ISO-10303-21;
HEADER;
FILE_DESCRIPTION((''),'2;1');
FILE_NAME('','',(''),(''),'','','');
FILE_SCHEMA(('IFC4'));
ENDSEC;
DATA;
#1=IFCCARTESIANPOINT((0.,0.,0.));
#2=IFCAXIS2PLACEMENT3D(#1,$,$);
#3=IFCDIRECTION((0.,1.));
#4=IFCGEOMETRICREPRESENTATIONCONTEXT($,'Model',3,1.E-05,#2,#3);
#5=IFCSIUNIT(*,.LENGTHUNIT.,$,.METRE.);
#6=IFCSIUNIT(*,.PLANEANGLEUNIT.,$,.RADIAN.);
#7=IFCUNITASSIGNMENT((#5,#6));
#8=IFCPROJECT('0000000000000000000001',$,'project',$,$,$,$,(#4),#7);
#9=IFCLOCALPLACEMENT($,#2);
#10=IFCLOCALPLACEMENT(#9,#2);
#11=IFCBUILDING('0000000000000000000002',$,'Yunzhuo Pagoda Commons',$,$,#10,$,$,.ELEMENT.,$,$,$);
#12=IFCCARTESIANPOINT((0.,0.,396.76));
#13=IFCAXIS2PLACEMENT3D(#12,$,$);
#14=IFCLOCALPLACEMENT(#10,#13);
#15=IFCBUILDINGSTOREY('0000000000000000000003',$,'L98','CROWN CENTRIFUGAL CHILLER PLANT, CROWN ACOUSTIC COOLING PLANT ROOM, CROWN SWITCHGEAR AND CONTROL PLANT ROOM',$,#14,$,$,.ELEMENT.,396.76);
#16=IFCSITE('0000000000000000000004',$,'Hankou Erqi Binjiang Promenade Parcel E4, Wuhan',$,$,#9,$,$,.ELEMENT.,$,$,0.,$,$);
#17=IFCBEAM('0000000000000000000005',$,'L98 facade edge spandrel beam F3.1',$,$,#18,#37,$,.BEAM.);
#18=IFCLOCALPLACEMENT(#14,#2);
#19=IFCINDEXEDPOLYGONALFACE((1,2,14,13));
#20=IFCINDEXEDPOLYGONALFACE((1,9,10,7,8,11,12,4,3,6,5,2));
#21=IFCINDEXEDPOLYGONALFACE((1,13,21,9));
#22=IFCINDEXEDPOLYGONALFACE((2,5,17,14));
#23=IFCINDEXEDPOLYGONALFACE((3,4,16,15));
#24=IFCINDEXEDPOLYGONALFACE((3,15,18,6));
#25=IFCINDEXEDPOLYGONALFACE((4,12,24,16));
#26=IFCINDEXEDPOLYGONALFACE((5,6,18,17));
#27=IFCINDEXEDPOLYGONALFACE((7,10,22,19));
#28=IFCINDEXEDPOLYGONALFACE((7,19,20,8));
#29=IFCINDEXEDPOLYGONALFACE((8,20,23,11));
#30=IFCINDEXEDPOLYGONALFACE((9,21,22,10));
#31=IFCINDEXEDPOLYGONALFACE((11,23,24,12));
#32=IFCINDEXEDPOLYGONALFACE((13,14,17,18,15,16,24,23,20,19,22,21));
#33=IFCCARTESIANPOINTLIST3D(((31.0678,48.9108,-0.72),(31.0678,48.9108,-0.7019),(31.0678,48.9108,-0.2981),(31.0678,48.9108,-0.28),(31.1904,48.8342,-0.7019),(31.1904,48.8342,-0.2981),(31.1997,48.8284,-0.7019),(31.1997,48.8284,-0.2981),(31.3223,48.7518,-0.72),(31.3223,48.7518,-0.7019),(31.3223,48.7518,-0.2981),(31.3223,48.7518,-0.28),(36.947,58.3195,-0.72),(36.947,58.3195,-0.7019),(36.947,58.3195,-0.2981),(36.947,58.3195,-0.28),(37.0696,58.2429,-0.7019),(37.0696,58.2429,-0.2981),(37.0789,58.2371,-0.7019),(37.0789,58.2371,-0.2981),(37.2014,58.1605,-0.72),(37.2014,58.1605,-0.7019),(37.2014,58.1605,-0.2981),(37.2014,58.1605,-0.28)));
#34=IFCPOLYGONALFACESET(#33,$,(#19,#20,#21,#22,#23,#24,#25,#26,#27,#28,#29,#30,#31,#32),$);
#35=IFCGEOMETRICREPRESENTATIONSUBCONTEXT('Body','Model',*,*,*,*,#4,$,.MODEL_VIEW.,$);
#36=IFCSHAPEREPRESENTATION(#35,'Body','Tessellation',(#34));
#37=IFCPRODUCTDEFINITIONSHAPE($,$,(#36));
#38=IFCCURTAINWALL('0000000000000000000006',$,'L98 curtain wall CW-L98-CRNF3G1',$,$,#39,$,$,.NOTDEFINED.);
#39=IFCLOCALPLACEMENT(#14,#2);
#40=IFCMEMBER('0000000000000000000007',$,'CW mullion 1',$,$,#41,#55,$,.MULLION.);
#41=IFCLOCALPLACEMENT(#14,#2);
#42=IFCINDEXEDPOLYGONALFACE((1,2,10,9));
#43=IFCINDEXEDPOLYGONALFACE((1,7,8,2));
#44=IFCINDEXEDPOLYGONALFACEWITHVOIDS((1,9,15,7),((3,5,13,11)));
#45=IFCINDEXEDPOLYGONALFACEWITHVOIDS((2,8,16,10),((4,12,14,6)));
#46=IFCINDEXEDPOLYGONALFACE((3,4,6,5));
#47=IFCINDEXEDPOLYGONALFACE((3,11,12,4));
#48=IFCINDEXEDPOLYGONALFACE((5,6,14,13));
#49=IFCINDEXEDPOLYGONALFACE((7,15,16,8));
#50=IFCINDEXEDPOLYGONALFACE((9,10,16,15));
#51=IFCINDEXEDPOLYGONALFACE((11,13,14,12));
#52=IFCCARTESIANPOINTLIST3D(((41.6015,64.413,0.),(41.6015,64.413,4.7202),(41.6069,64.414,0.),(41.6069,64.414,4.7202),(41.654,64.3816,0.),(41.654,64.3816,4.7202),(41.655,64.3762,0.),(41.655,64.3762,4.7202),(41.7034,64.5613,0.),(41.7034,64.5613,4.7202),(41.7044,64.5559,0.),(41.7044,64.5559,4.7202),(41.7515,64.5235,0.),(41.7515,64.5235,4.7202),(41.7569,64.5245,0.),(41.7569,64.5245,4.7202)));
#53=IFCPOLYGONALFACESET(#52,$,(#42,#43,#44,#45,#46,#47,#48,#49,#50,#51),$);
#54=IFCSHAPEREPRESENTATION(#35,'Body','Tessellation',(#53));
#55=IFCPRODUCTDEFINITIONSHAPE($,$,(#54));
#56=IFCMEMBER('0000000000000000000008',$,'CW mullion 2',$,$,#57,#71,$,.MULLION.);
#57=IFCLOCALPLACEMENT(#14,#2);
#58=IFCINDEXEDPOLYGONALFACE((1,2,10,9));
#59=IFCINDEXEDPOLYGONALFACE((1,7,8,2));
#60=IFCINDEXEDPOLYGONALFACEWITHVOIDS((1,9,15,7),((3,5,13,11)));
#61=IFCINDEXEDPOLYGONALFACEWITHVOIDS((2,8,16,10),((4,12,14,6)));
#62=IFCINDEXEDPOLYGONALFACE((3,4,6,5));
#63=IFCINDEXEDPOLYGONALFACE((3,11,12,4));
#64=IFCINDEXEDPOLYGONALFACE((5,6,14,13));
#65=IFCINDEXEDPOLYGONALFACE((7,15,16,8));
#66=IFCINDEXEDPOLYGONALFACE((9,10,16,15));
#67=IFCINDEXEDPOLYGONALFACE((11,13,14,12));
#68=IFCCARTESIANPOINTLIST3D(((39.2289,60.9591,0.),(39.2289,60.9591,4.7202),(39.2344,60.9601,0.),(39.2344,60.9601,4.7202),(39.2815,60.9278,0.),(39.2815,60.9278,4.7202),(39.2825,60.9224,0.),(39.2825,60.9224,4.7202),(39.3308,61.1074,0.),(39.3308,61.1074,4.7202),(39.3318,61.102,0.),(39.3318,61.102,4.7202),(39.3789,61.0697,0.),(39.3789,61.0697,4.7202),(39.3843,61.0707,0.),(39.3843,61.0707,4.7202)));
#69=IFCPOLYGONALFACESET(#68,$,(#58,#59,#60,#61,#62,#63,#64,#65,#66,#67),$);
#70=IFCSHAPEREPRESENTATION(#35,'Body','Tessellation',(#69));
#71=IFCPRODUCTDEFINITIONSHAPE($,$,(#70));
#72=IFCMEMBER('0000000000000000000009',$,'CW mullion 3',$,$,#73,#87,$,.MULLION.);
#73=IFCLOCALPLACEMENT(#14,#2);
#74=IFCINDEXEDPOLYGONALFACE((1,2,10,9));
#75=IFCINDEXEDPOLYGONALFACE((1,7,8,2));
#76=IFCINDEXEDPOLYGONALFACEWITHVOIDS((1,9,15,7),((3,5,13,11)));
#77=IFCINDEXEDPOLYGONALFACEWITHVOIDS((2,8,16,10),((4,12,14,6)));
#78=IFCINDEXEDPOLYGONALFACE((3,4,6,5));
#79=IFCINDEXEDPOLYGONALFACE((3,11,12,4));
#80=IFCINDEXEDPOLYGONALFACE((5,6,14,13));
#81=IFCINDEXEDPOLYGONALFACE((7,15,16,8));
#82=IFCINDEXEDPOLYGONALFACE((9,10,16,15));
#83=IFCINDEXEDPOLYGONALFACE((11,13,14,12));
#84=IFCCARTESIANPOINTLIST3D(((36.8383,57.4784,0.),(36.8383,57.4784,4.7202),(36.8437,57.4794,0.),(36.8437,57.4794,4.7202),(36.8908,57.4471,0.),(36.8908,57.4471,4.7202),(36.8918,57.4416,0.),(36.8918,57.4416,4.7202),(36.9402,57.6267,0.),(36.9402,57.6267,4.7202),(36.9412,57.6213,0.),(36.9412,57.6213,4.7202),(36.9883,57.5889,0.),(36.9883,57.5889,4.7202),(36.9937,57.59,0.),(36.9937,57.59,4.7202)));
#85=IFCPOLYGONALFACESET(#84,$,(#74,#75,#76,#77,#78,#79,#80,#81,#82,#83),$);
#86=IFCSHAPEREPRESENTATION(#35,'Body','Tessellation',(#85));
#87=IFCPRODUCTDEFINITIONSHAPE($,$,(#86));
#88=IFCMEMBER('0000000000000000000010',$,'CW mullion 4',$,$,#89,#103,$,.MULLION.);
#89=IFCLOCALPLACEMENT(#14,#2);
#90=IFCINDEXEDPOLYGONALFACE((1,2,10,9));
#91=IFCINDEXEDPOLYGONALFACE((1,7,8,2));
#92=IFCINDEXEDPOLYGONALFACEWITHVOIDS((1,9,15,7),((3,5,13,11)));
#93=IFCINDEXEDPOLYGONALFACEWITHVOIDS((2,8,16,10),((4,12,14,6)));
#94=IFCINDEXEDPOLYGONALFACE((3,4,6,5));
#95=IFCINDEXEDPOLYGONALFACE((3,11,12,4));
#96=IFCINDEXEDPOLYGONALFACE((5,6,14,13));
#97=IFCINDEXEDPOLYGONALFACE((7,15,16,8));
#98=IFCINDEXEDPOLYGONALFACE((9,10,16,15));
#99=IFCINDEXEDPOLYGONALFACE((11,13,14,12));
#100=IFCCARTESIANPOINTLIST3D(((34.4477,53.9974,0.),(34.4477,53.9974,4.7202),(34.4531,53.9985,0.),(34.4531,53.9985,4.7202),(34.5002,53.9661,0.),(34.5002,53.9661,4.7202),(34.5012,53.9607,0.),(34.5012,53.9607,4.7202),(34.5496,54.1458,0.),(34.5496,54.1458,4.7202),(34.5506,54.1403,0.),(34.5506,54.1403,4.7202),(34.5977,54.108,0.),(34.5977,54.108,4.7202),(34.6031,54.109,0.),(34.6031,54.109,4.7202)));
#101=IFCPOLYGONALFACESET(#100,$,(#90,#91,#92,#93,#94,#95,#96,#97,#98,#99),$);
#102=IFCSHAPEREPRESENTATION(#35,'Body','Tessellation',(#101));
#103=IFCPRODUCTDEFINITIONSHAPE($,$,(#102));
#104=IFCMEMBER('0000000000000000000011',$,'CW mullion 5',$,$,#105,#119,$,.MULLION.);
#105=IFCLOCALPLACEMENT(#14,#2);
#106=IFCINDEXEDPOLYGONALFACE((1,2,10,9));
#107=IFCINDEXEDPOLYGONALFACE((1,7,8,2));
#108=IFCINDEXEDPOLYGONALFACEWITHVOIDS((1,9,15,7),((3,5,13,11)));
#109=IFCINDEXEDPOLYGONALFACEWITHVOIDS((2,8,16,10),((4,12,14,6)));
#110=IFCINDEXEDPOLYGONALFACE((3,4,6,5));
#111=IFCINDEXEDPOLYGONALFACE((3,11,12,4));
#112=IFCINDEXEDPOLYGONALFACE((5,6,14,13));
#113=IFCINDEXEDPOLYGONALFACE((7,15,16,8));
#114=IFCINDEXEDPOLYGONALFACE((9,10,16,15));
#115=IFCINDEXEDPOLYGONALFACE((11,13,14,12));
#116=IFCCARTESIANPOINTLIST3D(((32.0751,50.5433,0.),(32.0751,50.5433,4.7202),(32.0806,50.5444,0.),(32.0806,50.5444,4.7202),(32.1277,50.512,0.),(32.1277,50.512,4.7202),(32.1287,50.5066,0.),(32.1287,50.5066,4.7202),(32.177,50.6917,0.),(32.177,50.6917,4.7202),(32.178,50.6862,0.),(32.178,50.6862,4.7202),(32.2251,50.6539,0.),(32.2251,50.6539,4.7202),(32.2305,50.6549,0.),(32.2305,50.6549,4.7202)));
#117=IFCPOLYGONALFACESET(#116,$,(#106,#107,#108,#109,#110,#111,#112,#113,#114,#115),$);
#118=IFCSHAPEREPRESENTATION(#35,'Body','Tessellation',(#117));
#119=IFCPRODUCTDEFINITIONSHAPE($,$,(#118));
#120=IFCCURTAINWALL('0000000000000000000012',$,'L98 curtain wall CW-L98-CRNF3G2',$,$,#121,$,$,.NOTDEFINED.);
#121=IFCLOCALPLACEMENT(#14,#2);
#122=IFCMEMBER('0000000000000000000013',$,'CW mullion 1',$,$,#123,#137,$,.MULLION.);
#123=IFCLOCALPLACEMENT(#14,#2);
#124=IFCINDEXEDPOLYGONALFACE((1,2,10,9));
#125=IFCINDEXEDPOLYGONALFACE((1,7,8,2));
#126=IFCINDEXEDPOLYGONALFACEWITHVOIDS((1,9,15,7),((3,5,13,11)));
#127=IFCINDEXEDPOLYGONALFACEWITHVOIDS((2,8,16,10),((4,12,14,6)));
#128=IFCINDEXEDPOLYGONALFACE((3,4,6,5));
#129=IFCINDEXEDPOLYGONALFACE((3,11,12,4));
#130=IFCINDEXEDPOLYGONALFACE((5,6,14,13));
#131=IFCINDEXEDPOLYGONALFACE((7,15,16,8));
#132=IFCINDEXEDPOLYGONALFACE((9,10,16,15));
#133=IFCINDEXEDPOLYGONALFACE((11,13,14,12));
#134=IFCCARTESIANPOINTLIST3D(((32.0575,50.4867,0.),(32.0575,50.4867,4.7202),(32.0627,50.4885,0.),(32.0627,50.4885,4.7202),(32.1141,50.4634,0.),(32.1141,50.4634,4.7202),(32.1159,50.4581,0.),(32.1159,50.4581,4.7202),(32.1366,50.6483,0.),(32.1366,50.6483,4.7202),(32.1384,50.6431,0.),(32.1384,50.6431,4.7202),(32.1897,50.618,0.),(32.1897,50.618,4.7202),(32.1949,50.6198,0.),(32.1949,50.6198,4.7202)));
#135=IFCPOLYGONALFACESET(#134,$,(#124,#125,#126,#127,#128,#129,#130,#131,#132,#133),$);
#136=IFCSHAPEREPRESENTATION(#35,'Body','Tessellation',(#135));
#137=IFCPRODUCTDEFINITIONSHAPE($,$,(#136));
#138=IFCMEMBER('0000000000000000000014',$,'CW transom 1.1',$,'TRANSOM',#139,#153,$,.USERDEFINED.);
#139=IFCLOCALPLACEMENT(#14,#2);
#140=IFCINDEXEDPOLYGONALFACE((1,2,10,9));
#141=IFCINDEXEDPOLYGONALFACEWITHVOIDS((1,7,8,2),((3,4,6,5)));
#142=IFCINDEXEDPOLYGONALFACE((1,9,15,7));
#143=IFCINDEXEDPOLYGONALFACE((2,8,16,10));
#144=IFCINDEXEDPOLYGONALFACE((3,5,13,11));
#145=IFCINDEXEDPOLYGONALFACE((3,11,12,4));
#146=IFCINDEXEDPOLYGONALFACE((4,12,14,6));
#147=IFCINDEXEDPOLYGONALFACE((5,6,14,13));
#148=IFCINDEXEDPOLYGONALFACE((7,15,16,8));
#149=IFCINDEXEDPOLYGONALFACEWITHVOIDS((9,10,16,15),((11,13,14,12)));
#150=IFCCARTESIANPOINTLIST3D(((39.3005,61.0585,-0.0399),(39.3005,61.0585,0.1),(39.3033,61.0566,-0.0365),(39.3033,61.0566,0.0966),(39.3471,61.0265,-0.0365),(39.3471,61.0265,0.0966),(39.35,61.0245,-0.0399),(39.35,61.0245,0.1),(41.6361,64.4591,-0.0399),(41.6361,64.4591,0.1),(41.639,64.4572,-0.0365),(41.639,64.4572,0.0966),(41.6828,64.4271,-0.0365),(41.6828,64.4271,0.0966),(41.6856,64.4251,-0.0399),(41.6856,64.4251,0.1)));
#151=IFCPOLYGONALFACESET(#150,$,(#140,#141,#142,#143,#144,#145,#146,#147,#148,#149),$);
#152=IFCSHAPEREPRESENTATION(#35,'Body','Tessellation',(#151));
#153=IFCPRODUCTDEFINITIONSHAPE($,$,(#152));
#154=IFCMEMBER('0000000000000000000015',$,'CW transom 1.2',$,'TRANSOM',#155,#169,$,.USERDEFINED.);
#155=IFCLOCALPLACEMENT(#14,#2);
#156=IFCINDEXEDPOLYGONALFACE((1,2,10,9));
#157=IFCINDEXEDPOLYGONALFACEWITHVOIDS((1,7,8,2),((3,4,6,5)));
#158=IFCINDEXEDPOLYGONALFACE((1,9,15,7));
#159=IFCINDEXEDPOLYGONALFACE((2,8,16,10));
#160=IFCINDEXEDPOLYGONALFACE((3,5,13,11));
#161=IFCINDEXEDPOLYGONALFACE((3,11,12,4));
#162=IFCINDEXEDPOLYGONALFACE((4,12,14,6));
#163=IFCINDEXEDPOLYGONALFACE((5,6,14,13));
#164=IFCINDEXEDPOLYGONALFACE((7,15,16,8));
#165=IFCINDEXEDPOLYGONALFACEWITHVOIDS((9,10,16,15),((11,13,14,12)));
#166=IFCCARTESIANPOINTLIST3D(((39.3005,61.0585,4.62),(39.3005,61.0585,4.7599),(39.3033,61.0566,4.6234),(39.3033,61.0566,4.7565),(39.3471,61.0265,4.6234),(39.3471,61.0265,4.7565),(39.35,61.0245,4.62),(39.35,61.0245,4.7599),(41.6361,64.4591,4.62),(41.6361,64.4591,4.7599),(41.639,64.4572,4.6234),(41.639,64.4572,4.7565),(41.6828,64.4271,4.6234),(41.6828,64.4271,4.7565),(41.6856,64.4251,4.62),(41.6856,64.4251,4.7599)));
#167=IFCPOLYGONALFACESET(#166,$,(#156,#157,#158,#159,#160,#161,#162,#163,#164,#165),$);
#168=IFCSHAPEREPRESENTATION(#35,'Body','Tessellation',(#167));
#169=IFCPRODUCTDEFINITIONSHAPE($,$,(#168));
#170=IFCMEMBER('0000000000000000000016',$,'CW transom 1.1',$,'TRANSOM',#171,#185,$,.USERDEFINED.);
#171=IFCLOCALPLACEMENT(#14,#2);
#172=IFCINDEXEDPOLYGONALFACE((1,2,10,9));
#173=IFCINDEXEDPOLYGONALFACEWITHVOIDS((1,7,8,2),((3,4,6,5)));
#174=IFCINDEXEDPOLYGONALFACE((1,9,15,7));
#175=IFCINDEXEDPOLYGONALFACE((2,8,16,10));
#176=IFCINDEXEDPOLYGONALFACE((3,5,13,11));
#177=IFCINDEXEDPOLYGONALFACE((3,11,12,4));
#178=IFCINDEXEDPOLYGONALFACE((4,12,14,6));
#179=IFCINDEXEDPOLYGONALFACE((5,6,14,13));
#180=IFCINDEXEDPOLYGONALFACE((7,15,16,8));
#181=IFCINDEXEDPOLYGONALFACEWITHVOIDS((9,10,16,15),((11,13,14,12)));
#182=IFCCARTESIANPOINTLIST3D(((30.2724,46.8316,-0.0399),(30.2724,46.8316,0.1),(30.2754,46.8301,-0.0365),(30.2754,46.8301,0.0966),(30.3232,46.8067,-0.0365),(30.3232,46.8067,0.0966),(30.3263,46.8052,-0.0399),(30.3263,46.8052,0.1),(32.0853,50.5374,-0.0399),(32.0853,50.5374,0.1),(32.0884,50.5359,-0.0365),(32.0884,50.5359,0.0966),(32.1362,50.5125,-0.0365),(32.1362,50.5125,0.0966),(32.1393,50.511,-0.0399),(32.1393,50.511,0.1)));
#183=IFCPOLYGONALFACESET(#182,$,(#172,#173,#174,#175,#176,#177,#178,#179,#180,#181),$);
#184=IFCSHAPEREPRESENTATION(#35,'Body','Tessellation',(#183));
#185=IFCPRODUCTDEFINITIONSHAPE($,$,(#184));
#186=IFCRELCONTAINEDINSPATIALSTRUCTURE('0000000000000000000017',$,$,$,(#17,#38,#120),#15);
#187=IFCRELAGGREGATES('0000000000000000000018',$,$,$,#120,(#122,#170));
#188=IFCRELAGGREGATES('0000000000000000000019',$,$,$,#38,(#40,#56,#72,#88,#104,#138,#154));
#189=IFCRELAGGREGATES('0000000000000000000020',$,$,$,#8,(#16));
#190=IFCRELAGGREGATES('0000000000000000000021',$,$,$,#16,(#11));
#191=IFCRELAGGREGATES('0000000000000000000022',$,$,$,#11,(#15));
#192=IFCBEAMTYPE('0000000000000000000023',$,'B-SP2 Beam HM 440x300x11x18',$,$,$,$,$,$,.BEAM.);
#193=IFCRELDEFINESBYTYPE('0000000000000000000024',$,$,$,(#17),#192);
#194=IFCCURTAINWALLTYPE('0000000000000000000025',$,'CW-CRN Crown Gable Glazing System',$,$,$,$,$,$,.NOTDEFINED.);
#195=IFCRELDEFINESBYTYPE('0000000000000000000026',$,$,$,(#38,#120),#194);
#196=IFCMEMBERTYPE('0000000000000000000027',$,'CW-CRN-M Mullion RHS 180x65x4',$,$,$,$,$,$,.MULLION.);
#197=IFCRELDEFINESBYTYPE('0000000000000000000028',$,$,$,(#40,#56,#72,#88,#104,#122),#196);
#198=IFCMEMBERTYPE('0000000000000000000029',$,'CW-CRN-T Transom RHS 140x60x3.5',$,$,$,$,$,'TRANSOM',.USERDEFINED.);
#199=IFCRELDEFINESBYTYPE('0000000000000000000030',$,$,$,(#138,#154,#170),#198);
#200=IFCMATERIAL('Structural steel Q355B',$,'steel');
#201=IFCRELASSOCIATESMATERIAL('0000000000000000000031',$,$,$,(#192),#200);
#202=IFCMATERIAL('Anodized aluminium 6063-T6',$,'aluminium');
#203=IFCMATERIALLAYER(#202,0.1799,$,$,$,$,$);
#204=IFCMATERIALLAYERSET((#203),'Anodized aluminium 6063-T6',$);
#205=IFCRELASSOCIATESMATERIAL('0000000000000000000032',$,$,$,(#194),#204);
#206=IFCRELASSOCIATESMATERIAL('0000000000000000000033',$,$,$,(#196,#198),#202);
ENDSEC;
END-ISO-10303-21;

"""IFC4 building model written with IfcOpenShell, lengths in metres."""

from ifc_helpers import new_model, si_unit, direction, frame, origin, origin_2d, place, context, subcontext, project, spatial, hollow_rectangle, i_section, extrude, source, transform, mapped, material, layer, layer_set, material_profile, profile_set, type_object, element, aggregate, save


model = new_model("IFC4")

# Units and contexts
model_context = context("Model", 3, precision=1e-05, world=origin(), true_north=direction((0.0, 1.0)))
body_context = subcontext(model_context, "Body", "Model", "MODEL_VIEW")
ifc_project = project(units=[si_unit("LENGTHUNIT", "METRE"), si_unit("PLANEANGLEUNIT", "RADIAN")], contexts=[model_context])

# Site, building, storey
site_placement = place(None, origin())
site = spatial("IfcSite", under=ifc_project, at=site_placement, Name="Hankou Erqi Binjiang Promenade Parcel E4, Wuhan", CompositionType="ELEMENT", RefElevation=0.0)
building_placement = place(site_placement, origin())
building = spatial("IfcBuilding", under=site, at=building_placement, Name="Yunzhuo Pagoda Commons", CompositionType="ELEMENT")
storey_placement = place(building_placement, frame((0.0, 0.0, 396.76)))
storey = spatial("IfcBuildingStorey", under=building, at=storey_placement, Name="L98", Description="CROWN CENTRIFUGAL CHILLER PLANT, CROWN ACOUSTIC COOLING PLANT ROOM, CROWN SWITCHGEAR AND CONTROL PLANT ROOM", CompositionType="ELEMENT", Elevation=396.76)

# Shared definitions
ifc_material_1 = material(Name="Structural steel Q355B", Category="steel")

# Beam
ifc_material_profile_1 = material_profile(ifc_material_1, i_section(OverallWidth=0.3, OverallDepth=0.4399, WebThickness=0.011, FlangeThickness=0.0181, at=origin_2d()), Name="Structural steel Q355B")
ifc_profile_set_1 = profile_set([ifc_material_profile_1], Name="Structural steel Q355B")
beam_type_1 = type_object("IfcBeamType", Name="B-SP2 Beam HM 440x300x11x18", PredefinedType="BEAM", material=ifc_profile_set_1)
shared_shape_1 = source(origin(), body_context, "Body", "SweptSolid", [
    extrude(i_section(OverallWidth=0.3, OverallDepth=0.4399, WebThickness=0.011, FlangeThickness=0.0181, at=origin_2d()), origin(), (0.0, 0.0, 1.0), 11.0945),
])
beam_1_placement = place(storey_placement, frame((37.0742, 58.24, -0.5), z_axis=(-0.529916, -0.84805, 0.0), x_axis=(0.84805, -0.529916, 0.0)))
element("IfcBeam", 1, at=beam_1_placement, inside=storey, type_object=beam_type_1, Name="L98 facade edge spandrel beam F3.1", PredefinedType="BEAM", context=body_context, shape_type="MappedRepresentation", body=[
    mapped(shared_shape_1, transform((0.0, 0.0, 0.0), scale=1.0)),
])

# Curtain wall, members
ifc_material_2 = material(Name="Anodized aluminium 6063-T6", Category="aluminium")
ifc_layer_1 = layer(ifc_material_2, 0.1799)
ifc_layer_set_1 = layer_set([ifc_layer_1], Name="Anodized aluminium 6063-T6")
curtain_wall_type_1 = type_object("IfcCurtainWallType", Name="CW-CRN Crown Gable Glazing System", PredefinedType="NOTDEFINED", material=ifc_layer_set_1)
curtain_wall_1_placement = place(storey_placement, origin())
curtain_wall_1 = element("IfcCurtainWall", 2, at=curtain_wall_1_placement, inside=storey, type_object=curtain_wall_type_1, Name="L98 curtain wall CW-L98-CRNF3G1", PredefinedType="NOTDEFINED")
ifc_material_profile_2 = material_profile(ifc_material_2, hollow_rectangle(XDim=0.0649, YDim=0.1799, WallThickness=0.0039, at=origin_2d()), Name="Anodized aluminium 6063-T6")
ifc_profile_set_2 = profile_set([ifc_material_profile_2], Name="Anodized aluminium 6063-T6")
member_type_1 = type_object("IfcMemberType", Name="CW-CRN-M Mullion RHS 180x65x4", PredefinedType="MULLION", material=ifc_profile_set_2)
shared_shape_2 = source(origin(), body_context, "Body", "SweptSolid", [
    extrude(hollow_rectangle(XDim=0.0649, YDim=0.1799, WallThickness=0.0039, at=origin_2d()), origin(), (0.0, 0.0, 1.0), 4.7202),
])
member_1_placement = place(storey_placement, frame((41.6792, 64.4688, 0.0), z_axis=(0.0, 0.0, 1.0), x_axis=(0.824296, -0.566159, 0.0)))
member_1 = element("IfcMember", 3, at=member_1_placement, type_object=member_type_1, Name="CW mullion 1", PredefinedType="MULLION", context=body_context, shape_type="MappedRepresentation", body=[
    mapped(shared_shape_2, transform((0.0, 0.0, 0.0), scale=1.0)),
])
member_2_placement = place(storey_placement, frame((39.3066, 61.0149, 0.0), z_axis=(0.0, 0.0, 1.0), x_axis=(0.824296, -0.566159, 0.0)))
member_2 = element("IfcMember", 4, at=member_2_placement, type_object=member_type_1, Name="CW mullion 2", PredefinedType="MULLION", context=body_context, shape_type="MappedRepresentation", body=[
    mapped(shared_shape_2, transform((0.0, 0.0, 0.0), scale=1.0)),
])
member_3_placement = place(storey_placement, frame((36.916, 57.5342, 0.0), z_axis=(0.0, 0.0, 1.0), x_axis=(0.824296, -0.566159, 0.0)))
member_3 = element("IfcMember", 5, at=member_3_placement, type_object=member_type_1, Name="CW mullion 3", PredefinedType="MULLION", context=body_context, shape_type="MappedRepresentation", body=[
    mapped(shared_shape_2, transform((0.0, 0.0, 0.0), scale=1.0)),
])
member_4_placement = place(storey_placement, frame((34.5254, 54.0532, 0.0), z_axis=(0.0, 0.0, 1.0), x_axis=(0.824296, -0.566159, 0.0)))
member_4 = element("IfcMember", 6, at=member_4_placement, type_object=member_type_1, Name="CW mullion 4", PredefinedType="MULLION", context=body_context, shape_type="MappedRepresentation", body=[
    mapped(shared_shape_2, transform((0.0, 0.0, 0.0), scale=1.0)),
])
member_5_placement = place(storey_placement, frame((32.1528, 50.5991, 0.0), z_axis=(0.0, 0.0, 1.0), x_axis=(0.824296, -0.566159, 0.0)))
member_5 = element("IfcMember", 7, at=member_5_placement, type_object=member_type_1, Name="CW mullion 5", PredefinedType="MULLION", context=body_context, shape_type="MappedRepresentation", body=[
    mapped(shared_shape_2, transform((0.0, 0.0, 0.0), scale=1.0)),
])

# Curtain wall, member
curtain_wall_2_placement = place(storey_placement, origin())
curtain_wall_2 = element("IfcCurtainWall", 8, at=curtain_wall_2_placement, inside=storey, type_object=curtain_wall_type_1, Name="L98 curtain wall CW-L98-CRNF3G2", PredefinedType="NOTDEFINED")
member_6_placement = place(storey_placement, frame((32.1262, 50.5532, 0.0), z_axis=(0.0, 0.0, 1.0), x_axis=(0.898299, -0.439384, 0.0)))
member_6 = element("IfcMember", 9, at=member_6_placement, type_object=member_type_1, Name="CW mullion 1", PredefinedType="MULLION", context=body_context, shape_type="MappedRepresentation", body=[
    mapped(shared_shape_2, transform((0.0, 0.0, 0.0), scale=1.0)),
])

# Members
ifc_material_profile_3 = material_profile(ifc_material_2, hollow_rectangle(XDim=0.0601, YDim=0.1399, WallThickness=0.0034, at=origin_2d()), Name="Anodized aluminium 6063-T6")
ifc_profile_set_3 = profile_set([ifc_material_profile_3], Name="Anodized aluminium 6063-T6")
member_type_2 = type_object("IfcMemberType", Name="CW-CRN-T Transom RHS 140x60x3.5", ElementType="TRANSOM", PredefinedType="USERDEFINED", material=ifc_profile_set_3)
shared_shape_3 = source(origin(), body_context, "Body", "SweptSolid", [
    extrude(hollow_rectangle(XDim=0.0601, YDim=0.1399, WallThickness=0.0034, at=origin_2d()), origin(), (0.0, 0.0, 1.0), 4.1255),
])
member_7_placement = place(storey_placement, frame((41.6609, 64.4421, 0.03), z_axis=(-0.56616, -0.824296, 0.0), x_axis=(0.824296, -0.56616, 0.0)))
member_7 = element("IfcMember", 10, at=member_7_placement, type_object=member_type_2, Name="CW transom 1.1", ObjectType="TRANSOM", PredefinedType="USERDEFINED", context=body_context, shape_type="MappedRepresentation", body=[
    mapped(shared_shape_3, transform((0.0, 0.0, 0.0), scale=1.0)),
])
member_8_placement = place(storey_placement, frame((41.6609, 64.4421, 4.6899), z_axis=(-0.56616, -0.824296, 0.0), x_axis=(0.824296, -0.56616, 0.0)))
member_8 = element("IfcMember", 11, at=member_8_placement, type_object=member_type_2, Name="CW transom 1.2", ObjectType="TRANSOM", PredefinedType="USERDEFINED", context=body_context, shape_type="MappedRepresentation", body=[
    mapped(shared_shape_3, transform((0.0, 0.0, 0.0), scale=1.0)),
])
member_9_placement = place(storey_placement, frame((32.1123, 50.5242, 0.03), z_axis=(-0.439456, -0.898264, 0.0), x_axis=(0.898264, -0.439456, 0.0)))
member_9 = element("IfcMember", 12, at=member_9_placement, type_object=member_type_2, Name="CW transom 1.1", ObjectType="TRANSOM", PredefinedType="USERDEFINED", context=body_context, shape_type="MappedRepresentation", body=[
    mapped(shared_shape_3, transform((0.0, 0.0, 0.0), scale=1.0)),
])

aggregate(curtain_wall_2, [member_6, member_9])
aggregate(curtain_wall_1, [member_1, member_2, member_3, member_4, member_5, member_7, member_8])

save(model, "model.ifc")
